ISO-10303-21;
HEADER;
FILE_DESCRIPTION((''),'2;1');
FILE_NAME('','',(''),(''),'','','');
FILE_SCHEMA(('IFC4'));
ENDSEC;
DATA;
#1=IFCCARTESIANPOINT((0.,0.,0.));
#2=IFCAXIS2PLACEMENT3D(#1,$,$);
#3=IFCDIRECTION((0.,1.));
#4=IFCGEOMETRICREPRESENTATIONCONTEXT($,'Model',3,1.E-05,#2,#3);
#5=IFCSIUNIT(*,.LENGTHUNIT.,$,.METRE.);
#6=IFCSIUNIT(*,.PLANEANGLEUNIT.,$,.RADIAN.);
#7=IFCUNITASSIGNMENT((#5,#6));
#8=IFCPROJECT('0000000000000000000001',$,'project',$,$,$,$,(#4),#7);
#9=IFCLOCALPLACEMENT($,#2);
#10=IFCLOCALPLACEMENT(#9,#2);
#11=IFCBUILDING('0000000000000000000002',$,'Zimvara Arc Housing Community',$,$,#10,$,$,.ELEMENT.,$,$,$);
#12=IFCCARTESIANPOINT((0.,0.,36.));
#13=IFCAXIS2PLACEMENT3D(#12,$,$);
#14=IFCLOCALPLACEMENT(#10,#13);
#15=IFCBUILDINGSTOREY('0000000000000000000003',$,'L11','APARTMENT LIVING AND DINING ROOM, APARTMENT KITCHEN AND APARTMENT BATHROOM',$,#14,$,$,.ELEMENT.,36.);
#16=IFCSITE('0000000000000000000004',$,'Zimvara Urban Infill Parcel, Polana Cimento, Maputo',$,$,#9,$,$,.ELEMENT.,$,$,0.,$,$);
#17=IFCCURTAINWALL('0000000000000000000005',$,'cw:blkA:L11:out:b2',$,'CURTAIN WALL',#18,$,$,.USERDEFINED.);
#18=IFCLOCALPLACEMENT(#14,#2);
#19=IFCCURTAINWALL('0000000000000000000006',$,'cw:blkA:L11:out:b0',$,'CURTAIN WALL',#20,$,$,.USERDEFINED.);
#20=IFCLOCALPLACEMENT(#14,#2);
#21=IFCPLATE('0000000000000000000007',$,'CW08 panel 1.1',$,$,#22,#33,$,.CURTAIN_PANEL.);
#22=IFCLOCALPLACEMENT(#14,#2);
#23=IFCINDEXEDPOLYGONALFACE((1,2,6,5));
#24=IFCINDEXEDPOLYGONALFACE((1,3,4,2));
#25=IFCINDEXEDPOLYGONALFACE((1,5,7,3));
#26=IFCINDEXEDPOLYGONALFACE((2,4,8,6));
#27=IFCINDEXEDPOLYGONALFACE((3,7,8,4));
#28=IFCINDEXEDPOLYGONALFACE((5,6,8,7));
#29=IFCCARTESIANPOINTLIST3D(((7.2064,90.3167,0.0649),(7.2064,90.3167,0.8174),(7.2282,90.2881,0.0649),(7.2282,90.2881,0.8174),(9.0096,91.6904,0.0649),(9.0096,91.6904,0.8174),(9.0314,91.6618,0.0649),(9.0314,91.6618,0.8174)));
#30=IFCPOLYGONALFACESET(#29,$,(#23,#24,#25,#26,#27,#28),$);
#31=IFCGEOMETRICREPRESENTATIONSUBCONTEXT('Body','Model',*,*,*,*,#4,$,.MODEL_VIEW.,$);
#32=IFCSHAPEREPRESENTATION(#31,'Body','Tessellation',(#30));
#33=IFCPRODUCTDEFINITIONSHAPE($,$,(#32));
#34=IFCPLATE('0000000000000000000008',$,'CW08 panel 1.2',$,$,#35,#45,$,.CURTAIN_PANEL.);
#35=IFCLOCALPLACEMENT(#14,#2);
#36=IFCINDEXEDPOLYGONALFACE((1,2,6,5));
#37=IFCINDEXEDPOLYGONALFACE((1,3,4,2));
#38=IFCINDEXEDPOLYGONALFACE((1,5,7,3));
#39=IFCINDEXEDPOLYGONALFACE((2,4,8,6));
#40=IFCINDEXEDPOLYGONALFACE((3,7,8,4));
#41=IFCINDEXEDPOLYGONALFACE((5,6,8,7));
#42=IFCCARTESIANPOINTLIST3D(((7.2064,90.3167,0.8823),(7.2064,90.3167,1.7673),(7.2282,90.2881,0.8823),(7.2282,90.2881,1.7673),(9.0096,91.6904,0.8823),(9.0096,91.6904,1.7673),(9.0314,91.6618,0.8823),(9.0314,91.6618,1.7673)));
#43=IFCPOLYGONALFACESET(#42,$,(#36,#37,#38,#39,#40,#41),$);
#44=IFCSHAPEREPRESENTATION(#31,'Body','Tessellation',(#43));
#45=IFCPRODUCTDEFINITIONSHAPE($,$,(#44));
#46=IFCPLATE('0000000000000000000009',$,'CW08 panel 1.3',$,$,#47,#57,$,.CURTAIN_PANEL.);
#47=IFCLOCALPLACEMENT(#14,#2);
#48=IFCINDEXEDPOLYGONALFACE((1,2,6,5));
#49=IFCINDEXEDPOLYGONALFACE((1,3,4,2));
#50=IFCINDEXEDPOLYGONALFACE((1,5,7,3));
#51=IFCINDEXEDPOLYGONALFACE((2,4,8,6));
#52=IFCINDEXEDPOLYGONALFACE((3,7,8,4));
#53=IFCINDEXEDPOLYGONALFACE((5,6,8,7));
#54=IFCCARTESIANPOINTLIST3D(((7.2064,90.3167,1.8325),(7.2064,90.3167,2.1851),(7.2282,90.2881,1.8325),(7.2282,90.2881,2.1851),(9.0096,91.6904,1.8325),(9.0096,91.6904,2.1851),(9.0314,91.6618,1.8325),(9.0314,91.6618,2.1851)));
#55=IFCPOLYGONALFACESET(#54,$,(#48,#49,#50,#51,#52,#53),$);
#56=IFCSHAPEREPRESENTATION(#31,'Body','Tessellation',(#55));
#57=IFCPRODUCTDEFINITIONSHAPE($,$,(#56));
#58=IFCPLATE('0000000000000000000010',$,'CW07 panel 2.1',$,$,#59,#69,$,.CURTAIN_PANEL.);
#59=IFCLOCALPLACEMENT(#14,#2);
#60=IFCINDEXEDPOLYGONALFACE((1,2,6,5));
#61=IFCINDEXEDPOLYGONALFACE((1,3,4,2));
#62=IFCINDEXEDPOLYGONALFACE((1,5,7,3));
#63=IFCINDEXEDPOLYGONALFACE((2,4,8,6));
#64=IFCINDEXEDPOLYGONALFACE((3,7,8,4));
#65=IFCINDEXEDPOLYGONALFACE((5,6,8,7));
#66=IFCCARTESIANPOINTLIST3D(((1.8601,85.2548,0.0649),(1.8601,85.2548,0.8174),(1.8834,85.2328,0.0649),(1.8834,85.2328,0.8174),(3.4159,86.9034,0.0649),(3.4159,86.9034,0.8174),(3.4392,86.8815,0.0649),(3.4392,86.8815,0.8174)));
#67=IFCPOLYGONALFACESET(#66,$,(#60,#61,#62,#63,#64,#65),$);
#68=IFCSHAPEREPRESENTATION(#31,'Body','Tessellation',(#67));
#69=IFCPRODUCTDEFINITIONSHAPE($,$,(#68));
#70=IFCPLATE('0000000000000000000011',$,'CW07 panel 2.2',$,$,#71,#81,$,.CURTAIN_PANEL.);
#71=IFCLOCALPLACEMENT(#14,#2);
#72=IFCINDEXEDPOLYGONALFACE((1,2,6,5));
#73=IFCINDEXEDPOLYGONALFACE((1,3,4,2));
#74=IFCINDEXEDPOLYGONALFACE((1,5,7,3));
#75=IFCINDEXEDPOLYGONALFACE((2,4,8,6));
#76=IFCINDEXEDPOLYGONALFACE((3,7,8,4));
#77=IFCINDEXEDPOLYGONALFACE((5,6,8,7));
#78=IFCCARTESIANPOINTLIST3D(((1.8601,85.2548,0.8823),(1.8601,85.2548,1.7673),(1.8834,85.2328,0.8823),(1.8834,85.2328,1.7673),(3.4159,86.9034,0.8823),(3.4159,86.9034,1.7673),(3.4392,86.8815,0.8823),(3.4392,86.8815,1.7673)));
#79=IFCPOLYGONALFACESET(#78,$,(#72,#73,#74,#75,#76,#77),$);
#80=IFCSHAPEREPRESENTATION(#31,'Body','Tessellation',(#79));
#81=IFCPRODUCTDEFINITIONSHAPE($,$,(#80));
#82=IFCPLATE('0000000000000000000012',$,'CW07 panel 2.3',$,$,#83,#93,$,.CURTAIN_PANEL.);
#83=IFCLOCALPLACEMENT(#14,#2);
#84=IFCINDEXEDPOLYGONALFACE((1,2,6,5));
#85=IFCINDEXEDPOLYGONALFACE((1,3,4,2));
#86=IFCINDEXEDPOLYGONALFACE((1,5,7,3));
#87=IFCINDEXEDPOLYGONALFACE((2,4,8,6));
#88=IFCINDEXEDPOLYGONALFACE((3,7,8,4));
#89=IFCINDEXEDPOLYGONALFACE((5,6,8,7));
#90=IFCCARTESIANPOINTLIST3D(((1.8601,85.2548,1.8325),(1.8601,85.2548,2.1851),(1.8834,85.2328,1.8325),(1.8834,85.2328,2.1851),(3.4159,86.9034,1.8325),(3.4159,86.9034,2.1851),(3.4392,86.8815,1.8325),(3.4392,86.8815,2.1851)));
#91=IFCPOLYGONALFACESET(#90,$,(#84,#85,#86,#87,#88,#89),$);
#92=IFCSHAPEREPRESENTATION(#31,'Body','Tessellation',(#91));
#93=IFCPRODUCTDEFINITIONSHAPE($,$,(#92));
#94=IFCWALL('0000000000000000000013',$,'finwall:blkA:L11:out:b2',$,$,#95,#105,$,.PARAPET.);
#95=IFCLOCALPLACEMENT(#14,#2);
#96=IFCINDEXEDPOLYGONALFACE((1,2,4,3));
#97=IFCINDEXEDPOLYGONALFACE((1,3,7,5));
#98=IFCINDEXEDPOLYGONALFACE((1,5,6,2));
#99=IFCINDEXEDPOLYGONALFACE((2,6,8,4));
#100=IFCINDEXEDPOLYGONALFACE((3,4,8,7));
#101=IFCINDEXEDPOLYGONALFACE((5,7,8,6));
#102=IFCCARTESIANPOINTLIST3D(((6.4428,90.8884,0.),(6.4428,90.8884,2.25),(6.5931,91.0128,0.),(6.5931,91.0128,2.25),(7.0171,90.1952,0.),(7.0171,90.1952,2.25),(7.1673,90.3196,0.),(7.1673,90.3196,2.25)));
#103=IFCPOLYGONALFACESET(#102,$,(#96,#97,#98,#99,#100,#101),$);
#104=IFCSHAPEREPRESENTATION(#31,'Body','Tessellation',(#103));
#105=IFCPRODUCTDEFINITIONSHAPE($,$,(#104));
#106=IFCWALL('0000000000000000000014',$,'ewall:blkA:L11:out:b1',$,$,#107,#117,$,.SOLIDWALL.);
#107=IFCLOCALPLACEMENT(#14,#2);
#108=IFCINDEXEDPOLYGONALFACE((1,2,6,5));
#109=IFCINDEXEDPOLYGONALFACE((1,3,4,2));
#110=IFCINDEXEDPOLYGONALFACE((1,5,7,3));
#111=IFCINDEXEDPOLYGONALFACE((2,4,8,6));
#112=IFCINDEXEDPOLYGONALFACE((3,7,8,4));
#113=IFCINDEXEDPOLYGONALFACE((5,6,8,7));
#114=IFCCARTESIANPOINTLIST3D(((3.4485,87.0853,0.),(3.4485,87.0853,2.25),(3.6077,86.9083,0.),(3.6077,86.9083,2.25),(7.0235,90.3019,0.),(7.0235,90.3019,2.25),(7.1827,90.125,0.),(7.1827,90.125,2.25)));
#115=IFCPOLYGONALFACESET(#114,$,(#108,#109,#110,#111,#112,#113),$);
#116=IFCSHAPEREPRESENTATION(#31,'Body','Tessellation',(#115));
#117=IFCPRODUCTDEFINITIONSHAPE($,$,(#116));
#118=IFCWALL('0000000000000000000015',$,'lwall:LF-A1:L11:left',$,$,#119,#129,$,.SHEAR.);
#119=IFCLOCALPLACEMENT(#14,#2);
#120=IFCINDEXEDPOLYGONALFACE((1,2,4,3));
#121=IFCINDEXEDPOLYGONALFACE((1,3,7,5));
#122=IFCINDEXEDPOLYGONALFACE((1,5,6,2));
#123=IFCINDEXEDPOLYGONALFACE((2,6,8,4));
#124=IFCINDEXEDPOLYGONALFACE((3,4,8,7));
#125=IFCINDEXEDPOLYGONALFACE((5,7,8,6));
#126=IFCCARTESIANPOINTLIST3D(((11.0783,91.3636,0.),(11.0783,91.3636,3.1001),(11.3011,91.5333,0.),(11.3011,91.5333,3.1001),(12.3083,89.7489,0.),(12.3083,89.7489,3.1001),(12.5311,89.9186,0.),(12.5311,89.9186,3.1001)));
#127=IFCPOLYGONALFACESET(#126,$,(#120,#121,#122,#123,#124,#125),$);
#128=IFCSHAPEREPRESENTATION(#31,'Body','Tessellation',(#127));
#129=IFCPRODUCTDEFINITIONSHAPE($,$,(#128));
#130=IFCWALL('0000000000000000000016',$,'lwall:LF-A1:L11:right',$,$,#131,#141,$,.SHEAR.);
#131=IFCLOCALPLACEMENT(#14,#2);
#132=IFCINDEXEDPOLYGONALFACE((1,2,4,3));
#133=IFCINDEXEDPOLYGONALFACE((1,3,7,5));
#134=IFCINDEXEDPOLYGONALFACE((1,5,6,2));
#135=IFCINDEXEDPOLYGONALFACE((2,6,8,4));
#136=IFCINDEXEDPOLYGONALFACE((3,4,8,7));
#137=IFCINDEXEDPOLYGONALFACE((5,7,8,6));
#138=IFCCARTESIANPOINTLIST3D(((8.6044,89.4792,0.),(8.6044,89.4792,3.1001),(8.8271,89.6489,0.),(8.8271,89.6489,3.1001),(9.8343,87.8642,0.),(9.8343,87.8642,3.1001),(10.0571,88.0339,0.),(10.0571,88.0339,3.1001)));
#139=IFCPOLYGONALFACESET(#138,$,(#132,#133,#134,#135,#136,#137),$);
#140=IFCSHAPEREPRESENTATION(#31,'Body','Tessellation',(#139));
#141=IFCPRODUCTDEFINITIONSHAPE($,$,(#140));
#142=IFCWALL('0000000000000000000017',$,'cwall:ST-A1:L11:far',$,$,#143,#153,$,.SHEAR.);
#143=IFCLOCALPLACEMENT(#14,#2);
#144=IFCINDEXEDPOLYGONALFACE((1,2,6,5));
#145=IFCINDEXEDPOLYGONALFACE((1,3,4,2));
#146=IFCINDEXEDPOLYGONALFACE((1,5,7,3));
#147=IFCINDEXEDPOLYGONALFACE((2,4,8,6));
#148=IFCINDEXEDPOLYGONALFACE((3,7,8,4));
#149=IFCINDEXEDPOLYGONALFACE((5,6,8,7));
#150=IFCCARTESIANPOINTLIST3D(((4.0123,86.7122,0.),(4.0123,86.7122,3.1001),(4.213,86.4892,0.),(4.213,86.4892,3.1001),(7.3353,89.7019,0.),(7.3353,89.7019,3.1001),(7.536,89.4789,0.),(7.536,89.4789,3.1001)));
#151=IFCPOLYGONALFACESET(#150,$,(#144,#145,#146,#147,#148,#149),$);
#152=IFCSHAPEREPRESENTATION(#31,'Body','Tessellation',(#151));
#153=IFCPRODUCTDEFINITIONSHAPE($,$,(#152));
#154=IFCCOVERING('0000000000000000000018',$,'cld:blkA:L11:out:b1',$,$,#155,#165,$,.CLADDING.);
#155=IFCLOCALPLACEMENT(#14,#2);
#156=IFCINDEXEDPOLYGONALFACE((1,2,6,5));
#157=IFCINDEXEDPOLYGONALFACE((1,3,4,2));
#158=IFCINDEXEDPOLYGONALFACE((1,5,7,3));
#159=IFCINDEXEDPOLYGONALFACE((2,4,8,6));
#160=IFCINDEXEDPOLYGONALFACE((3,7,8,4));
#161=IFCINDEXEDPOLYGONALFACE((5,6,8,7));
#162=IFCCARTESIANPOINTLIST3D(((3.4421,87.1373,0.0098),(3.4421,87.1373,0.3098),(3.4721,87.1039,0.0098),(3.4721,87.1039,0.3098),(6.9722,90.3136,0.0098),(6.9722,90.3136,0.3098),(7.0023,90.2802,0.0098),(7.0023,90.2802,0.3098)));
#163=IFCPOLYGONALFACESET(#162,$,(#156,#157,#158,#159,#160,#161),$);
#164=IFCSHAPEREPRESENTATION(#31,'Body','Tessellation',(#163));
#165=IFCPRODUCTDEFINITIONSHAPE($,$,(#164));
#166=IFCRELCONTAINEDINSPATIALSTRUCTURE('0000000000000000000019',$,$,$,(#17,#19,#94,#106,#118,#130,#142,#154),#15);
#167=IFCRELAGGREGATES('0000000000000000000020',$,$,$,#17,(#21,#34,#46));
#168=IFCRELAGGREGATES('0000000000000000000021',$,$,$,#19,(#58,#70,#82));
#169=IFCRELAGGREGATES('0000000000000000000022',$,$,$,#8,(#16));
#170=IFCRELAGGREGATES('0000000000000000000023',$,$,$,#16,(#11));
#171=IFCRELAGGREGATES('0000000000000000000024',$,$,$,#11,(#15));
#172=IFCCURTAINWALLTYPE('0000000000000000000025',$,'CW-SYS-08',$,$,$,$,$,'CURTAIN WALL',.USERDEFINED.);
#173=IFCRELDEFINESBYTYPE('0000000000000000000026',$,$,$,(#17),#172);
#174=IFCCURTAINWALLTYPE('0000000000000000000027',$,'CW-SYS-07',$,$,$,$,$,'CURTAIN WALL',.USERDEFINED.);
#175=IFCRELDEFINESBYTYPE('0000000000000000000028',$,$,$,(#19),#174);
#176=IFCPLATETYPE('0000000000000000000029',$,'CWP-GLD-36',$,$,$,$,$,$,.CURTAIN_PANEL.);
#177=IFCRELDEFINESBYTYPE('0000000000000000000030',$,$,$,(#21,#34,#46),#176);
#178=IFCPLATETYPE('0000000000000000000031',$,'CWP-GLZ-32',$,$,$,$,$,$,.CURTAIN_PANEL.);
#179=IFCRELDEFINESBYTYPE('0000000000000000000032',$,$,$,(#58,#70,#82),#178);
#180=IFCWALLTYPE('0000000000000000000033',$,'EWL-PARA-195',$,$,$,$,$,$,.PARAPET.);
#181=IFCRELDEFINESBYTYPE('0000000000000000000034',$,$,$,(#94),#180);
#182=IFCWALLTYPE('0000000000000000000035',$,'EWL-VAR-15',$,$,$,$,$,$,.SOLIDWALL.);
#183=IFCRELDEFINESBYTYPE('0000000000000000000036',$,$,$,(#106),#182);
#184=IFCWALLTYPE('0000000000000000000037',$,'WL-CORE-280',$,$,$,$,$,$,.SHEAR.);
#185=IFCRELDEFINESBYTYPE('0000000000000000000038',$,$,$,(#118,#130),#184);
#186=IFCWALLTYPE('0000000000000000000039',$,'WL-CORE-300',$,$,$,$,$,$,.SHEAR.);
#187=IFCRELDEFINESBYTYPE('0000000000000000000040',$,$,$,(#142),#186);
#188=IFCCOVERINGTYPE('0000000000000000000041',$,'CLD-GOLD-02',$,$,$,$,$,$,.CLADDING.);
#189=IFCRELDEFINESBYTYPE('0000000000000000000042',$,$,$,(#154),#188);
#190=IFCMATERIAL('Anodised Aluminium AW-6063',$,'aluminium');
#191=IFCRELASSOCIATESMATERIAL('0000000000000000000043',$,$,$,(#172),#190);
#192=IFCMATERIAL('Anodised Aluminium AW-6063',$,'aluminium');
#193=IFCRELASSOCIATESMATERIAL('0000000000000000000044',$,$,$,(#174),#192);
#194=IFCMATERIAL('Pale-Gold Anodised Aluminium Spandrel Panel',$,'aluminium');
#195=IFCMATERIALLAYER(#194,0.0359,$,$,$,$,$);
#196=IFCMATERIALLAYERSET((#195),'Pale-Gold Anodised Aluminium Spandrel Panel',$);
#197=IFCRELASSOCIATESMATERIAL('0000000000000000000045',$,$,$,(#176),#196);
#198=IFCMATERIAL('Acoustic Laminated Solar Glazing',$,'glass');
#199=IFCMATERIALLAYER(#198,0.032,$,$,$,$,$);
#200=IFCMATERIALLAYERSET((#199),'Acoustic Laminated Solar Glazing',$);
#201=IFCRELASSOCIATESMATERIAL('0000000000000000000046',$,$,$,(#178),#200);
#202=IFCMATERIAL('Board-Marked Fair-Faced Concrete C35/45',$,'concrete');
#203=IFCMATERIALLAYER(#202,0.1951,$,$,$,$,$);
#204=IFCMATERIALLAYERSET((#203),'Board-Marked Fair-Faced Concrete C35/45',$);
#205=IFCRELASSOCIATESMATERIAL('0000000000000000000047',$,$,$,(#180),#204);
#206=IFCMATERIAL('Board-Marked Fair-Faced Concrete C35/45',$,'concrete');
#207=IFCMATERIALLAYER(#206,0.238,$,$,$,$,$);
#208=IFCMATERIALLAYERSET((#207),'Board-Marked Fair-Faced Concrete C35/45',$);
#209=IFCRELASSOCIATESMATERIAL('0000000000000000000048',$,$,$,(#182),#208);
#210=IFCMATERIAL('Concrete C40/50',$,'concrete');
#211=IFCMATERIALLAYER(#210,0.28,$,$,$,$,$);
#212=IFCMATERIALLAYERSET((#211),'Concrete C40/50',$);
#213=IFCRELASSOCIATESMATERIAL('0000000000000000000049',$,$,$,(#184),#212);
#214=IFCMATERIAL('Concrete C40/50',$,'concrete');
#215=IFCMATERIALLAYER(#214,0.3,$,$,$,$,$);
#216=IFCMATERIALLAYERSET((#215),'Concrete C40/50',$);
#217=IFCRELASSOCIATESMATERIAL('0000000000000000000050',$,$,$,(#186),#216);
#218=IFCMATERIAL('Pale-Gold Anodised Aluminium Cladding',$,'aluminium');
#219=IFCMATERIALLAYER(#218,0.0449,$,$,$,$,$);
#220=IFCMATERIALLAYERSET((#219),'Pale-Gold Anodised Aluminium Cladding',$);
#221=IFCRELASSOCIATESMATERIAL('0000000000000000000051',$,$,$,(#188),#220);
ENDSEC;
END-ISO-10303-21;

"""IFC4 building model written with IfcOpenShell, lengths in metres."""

from ifc_helpers import new_model, si_unit, direction, frame, frame_2d, origin, origin_2d, place, context, subcontext, project, spatial, rectangle, extrude, material, layer, layer_set, type_object, element, aggregate, save


model = new_model("IFC4")

# Units and contexts
model_context = context("Model", 3, precision=1e-05, world=origin(), true_north=direction((0.0, 1.0)))
body_context = subcontext(model_context, "Body", "Model", "MODEL_VIEW")
ifc_project = project(units=[si_unit("LENGTHUNIT", "METRE"), si_unit("PLANEANGLEUNIT", "RADIAN")], contexts=[model_context])

# Site, building, storey
site_placement = place(None, origin())
site = spatial("IfcSite", under=ifc_project, at=site_placement, Name="Zimvara Urban Infill Parcel, Polana Cimento, Maputo", CompositionType="ELEMENT", RefElevation=0.0)
building_placement = place(site_placement, origin())
building = spatial("IfcBuilding", under=site, at=building_placement, Name="Zimvara Arc Housing Community", CompositionType="ELEMENT")
storey_placement = place(building_placement, frame((0.0, 0.0, 36.0)))
storey = spatial("IfcBuildingStorey", under=building, at=storey_placement, Name="L11", Description="APARTMENT LIVING AND DINING ROOM, APARTMENT KITCHEN AND APARTMENT BATHROOM", CompositionType="ELEMENT", Elevation=36.0)

# Curtain walls
ifc_material_1 = material(Name="Anodised Aluminium AW-6063", Category="aluminium")
curtain_wall_type_1 = type_object("IfcCurtainWallType", Name="CW-SYS-08", ElementType="CURTAIN WALL", PredefinedType="USERDEFINED", material=ifc_material_1)
curtain_wall_1_placement = place(storey_placement, origin())
curtain_wall_1 = element("IfcCurtainWall", 1, at=curtain_wall_1_placement, inside=storey, type_object=curtain_wall_type_1, Name="cw:blkA:L11:out:b2", ObjectType="CURTAIN WALL", PredefinedType="USERDEFINED")
ifc_material_2 = material(Name="Anodised Aluminium AW-6063", Category="aluminium")
curtain_wall_type_2 = type_object("IfcCurtainWallType", Name="CW-SYS-07", ElementType="CURTAIN WALL", PredefinedType="USERDEFINED", material=ifc_material_2)
curtain_wall_2_placement = place(storey_placement, origin())
curtain_wall_2 = element("IfcCurtainWall", 2, at=curtain_wall_2_placement, inside=storey, type_object=curtain_wall_type_2, Name="cw:blkA:L11:out:b0", ObjectType="CURTAIN WALL", PredefinedType="USERDEFINED")

# Plates
ifc_material_3 = material(Name="Pale-Gold Anodised Aluminium Spandrel Panel", Category="aluminium")
ifc_layer_1 = layer(ifc_material_3, 0.0359)
ifc_layer_set_1 = layer_set([ifc_layer_1], Name="Pale-Gold Anodised Aluminium Spandrel Panel")
plate_type_1 = type_object("IfcPlateType", Name="CWP-GLD-36", PredefinedType="CURTAIN_PANEL", material=ifc_layer_set_1)
plate_1_placement = place(storey_placement, frame((8.1189, 90.9893, 0.0649), z_axis=(0.0, 0.0, 1.0), x_axis=(0.795474, 0.605988, 0.0)))
plate_1 = element("IfcPlate", 3, at=plate_1_placement, type_object=plate_type_1, Name="CW08 panel 1.1", PredefinedType="CURTAIN_PANEL", context=body_context, shape_type="SweptSolid", body=[
    extrude(rectangle(XDim=2.2668, YDim=0.0359, at=origin_2d()), origin(), (0.0, 0.0, 1.0), 0.7524),
])
plate_2_placement = place(storey_placement, frame((8.1189, 90.9893, 0.8823), z_axis=(0.0, 0.0, 1.0), x_axis=(0.795474, 0.605988, 0.0)))
plate_2 = element("IfcPlate", 4, at=plate_2_placement, type_object=plate_type_1, Name="CW08 panel 1.2", PredefinedType="CURTAIN_PANEL", context=body_context, shape_type="SweptSolid", body=[
    extrude(rectangle(XDim=2.2668, YDim=0.0359, at=origin_2d()), origin(), (0.0, 0.0, 1.0), 0.885),
])
plate_3_placement = place(storey_placement, frame((8.1189, 90.9893, 1.8325), z_axis=(0.0, 0.0, 1.0), x_axis=(0.795474, 0.605988, 0.0)))
plate_3 = element("IfcPlate", 5, at=plate_3_placement, type_object=plate_type_1, Name="CW08 panel 1.3", PredefinedType="CURTAIN_PANEL", context=body_context, shape_type="SweptSolid", body=[
    extrude(rectangle(XDim=2.2668, YDim=0.0359, at=origin_2d()), origin(), (0.0, 0.0, 1.0), 0.3525),
])
aggregate(curtain_wall_1, [plate_1, plate_2, plate_3])
ifc_material_4 = material(Name="Acoustic Laminated Solar Glazing", Category="glass")
ifc_layer_2 = layer(ifc_material_4, 0.032)
ifc_layer_set_2 = layer_set([ifc_layer_2], Name="Acoustic Laminated Solar Glazing")
plate_type_2 = type_object("IfcPlateType", Name="CWP-GLZ-32", PredefinedType="CURTAIN_PANEL", material=ifc_layer_set_2)
plate_4_placement = place(storey_placement, frame((2.6497, 86.0681, 0.0649), z_axis=(0.0, 0.0, 1.0), x_axis=(0.686326, 0.727294, 0.0)))
plate_4 = element("IfcPlate", 6, at=plate_4_placement, type_object=plate_type_2, Name="CW07 panel 2.1", PredefinedType="CURTAIN_PANEL", context=body_context, shape_type="SweptSolid", body=[
    extrude(rectangle(XDim=2.2668, YDim=0.032, at=origin_2d()), origin(), (0.0, 0.0, 1.0), 0.7524),
])
plate_5_placement = place(storey_placement, frame((2.6497, 86.0681, 0.8823), z_axis=(0.0, 0.0, 1.0), x_axis=(0.686326, 0.727294, 0.0)))
plate_5 = element("IfcPlate", 7, at=plate_5_placement, type_object=plate_type_2, Name="CW07 panel 2.2", PredefinedType="CURTAIN_PANEL", context=body_context, shape_type="SweptSolid", body=[
    extrude(rectangle(XDim=2.2668, YDim=0.032, at=origin_2d()), origin(), (0.0, 0.0, 1.0), 0.885),
])
plate_6_placement = place(storey_placement, frame((2.6497, 86.0681, 1.8325), z_axis=(0.0, 0.0, 1.0), x_axis=(0.686326, 0.727294, 0.0)))
plate_6 = element("IfcPlate", 8, at=plate_6_placement, type_object=plate_type_2, Name="CW07 panel 2.3", PredefinedType="CURTAIN_PANEL", context=body_context, shape_type="SweptSolid", body=[
    extrude(rectangle(XDim=2.2668, YDim=0.032, at=origin_2d()), origin(), (0.0, 0.0, 1.0), 0.3525),
])
aggregate(curtain_wall_2, [plate_4, plate_5, plate_6])

# Walls
ifc_material_5 = material(Name="Board-Marked Fair-Faced Concrete C35/45", Category="concrete")
ifc_layer_3 = layer(ifc_material_5, 0.1951)
ifc_layer_set_3 = layer_set([ifc_layer_3], Name="Board-Marked Fair-Faced Concrete C35/45")
wall_type_1 = type_object("IfcWallType", Name="EWL-PARA-195", PredefinedType="PARAPET", material=ifc_layer_set_3)
wall_1_placement = place(storey_placement, frame((7.0923, 90.2573, 0.0), z_axis=(0.0, 0.0, 1.0), x_axis=(-0.637967, 0.770063, 0.0)))
element("IfcWall", 9, at=wall_1_placement, inside=storey, type_object=wall_type_1, Name="finwall:blkA:L11:out:b2", PredefinedType="PARAPET", context=body_context, shape_type="SweptSolid", body=[
    extrude(rectangle(XDim=0.9001, YDim=0.1951, at=frame_2d((0.4502, 0.0))), origin(), (0.0, 0.0, 1.0), 2.25),
])
ifc_material_6 = material(Name="Board-Marked Fair-Faced Concrete C35/45", Category="concrete")
ifc_layer_4 = layer(ifc_material_6, 0.238)
ifc_layer_set_4 = layer_set([ifc_layer_4], Name="Board-Marked Fair-Faced Concrete C35/45")
wall_type_2 = type_object("IfcWallType", Name="EWL-VAR-15", PredefinedType="SOLIDWALL", material=ifc_layer_set_4)
wall_2_placement = place(storey_placement, frame((3.5281, 86.9968, 0.0), z_axis=(0.0, 0.0, 1.0), x_axis=(0.743388, 0.668861, 0.0)))
element("IfcWall", 10, at=wall_2_placement, inside=storey, type_object=wall_type_2, Name="ewall:blkA:L11:out:b1", PredefinedType="SOLIDWALL", context=body_context, shape_type="SweptSolid", body=[
    extrude(rectangle(XDim=4.8091, YDim=0.238, at=frame_2d((2.4045, 0.0))), origin(), (0.0, 0.0, 1.0), 2.25),
])

# Shared definitions
ifc_material_7 = material(Name="Concrete C40/50", Category="concrete")
ifc_layer_5 = layer(ifc_material_7, 0.28)
ifc_layer_set_5 = layer_set([ifc_layer_5], Name="Concrete C40/50")
wall_type_3 = type_object("IfcWallType", Name="WL-CORE-280", PredefinedType="SHEAR", material=ifc_layer_set_5)

# Walls
wall_3_placement = place(storey_placement, frame((12.4197, 89.8337, 0.0), z_axis=(0.0, 0.0, 1.0), x_axis=(-0.605949, 0.795504, 0.0)))
element("IfcWall", 11, at=wall_3_placement, inside=storey, type_object=wall_type_3, Name="lwall:LF-A1:L11:left", PredefinedType="SHEAR", context=body_context, shape_type="SweptSolid", body=[
    extrude(rectangle(XDim=2.0298, YDim=0.28, at=frame_2d((1.0149, 0.0))), origin(), (0.0, 0.0, 1.0), 3.1001),
])
wall_4_placement = place(storey_placement, frame((9.9458, 87.949, 0.0), z_axis=(0.0, 0.0, 1.0), x_axis=(-0.605891, 0.795548, 0.0)))
element("IfcWall", 12, at=wall_4_placement, inside=storey, type_object=wall_type_3, Name="lwall:LF-A1:L11:right", PredefinedType="SHEAR", context=body_context, shape_type="SweptSolid", body=[
    extrude(rectangle(XDim=2.03, YDim=0.28, at=frame_2d((1.0151, 0.0))), origin(), (0.0, 0.0, 1.0), 3.1001),
])
ifc_material_8 = material(Name="Concrete C40/50", Category="concrete")
ifc_layer_6 = layer(ifc_material_8, 0.3)
ifc_layer_set_6 = layer_set([ifc_layer_6], Name="Concrete C40/50")
wall_type_4 = type_object("IfcWallType", Name="WL-CORE-300", PredefinedType="SHEAR", material=ifc_layer_set_6)
wall_5_placement = place(storey_placement, frame((7.4355, 89.5903, 0.0), z_axis=(0.0, 0.0, 1.0), x_axis=(-0.7434, -0.668847, 0.0)))
element("IfcWall", 13, at=wall_5_placement, inside=storey, type_object=wall_type_4, Name="cwall:ST-A1:L11:far", PredefinedType="SHEAR", context=body_context, shape_type="SweptSolid", body=[
    extrude(rectangle(XDim=4.47, YDim=0.3, at=frame_2d((2.2349, 0.0))), origin(), (0.0, 0.0, 1.0), 3.1001),
])

# Covering
ifc_material_9 = material(Name="Pale-Gold Anodised Aluminium Cladding", Category="aluminium")
ifc_layer_7 = layer(ifc_material_9, 0.0449)
ifc_layer_set_7 = layer_set([ifc_layer_7], Name="Pale-Gold Anodised Aluminium Cladding")
covering_type = type_object("IfcCoveringType", Name="CLD-GOLD-02", PredefinedType="CLADDING", material=ifc_layer_set_7)
covering_placement = place(storey_placement, frame((5.2222, 88.7087, 0.0098), z_axis=(0.0, 0.0, 1.0), x_axis=(0.743377, 0.668872, 0.0)))
element("IfcCovering", 14, at=covering_placement, inside=storey, type_object=covering_type, Name="cld:blkA:L11:out:b1", PredefinedType="CLADDING", context=body_context, shape_type="SweptSolid", body=[
    extrude(rectangle(XDim=4.7488, YDim=0.0449, at=origin_2d()), origin(), (0.0, 0.0, 1.0), 0.3),
])

save(model, "model.ifc")
